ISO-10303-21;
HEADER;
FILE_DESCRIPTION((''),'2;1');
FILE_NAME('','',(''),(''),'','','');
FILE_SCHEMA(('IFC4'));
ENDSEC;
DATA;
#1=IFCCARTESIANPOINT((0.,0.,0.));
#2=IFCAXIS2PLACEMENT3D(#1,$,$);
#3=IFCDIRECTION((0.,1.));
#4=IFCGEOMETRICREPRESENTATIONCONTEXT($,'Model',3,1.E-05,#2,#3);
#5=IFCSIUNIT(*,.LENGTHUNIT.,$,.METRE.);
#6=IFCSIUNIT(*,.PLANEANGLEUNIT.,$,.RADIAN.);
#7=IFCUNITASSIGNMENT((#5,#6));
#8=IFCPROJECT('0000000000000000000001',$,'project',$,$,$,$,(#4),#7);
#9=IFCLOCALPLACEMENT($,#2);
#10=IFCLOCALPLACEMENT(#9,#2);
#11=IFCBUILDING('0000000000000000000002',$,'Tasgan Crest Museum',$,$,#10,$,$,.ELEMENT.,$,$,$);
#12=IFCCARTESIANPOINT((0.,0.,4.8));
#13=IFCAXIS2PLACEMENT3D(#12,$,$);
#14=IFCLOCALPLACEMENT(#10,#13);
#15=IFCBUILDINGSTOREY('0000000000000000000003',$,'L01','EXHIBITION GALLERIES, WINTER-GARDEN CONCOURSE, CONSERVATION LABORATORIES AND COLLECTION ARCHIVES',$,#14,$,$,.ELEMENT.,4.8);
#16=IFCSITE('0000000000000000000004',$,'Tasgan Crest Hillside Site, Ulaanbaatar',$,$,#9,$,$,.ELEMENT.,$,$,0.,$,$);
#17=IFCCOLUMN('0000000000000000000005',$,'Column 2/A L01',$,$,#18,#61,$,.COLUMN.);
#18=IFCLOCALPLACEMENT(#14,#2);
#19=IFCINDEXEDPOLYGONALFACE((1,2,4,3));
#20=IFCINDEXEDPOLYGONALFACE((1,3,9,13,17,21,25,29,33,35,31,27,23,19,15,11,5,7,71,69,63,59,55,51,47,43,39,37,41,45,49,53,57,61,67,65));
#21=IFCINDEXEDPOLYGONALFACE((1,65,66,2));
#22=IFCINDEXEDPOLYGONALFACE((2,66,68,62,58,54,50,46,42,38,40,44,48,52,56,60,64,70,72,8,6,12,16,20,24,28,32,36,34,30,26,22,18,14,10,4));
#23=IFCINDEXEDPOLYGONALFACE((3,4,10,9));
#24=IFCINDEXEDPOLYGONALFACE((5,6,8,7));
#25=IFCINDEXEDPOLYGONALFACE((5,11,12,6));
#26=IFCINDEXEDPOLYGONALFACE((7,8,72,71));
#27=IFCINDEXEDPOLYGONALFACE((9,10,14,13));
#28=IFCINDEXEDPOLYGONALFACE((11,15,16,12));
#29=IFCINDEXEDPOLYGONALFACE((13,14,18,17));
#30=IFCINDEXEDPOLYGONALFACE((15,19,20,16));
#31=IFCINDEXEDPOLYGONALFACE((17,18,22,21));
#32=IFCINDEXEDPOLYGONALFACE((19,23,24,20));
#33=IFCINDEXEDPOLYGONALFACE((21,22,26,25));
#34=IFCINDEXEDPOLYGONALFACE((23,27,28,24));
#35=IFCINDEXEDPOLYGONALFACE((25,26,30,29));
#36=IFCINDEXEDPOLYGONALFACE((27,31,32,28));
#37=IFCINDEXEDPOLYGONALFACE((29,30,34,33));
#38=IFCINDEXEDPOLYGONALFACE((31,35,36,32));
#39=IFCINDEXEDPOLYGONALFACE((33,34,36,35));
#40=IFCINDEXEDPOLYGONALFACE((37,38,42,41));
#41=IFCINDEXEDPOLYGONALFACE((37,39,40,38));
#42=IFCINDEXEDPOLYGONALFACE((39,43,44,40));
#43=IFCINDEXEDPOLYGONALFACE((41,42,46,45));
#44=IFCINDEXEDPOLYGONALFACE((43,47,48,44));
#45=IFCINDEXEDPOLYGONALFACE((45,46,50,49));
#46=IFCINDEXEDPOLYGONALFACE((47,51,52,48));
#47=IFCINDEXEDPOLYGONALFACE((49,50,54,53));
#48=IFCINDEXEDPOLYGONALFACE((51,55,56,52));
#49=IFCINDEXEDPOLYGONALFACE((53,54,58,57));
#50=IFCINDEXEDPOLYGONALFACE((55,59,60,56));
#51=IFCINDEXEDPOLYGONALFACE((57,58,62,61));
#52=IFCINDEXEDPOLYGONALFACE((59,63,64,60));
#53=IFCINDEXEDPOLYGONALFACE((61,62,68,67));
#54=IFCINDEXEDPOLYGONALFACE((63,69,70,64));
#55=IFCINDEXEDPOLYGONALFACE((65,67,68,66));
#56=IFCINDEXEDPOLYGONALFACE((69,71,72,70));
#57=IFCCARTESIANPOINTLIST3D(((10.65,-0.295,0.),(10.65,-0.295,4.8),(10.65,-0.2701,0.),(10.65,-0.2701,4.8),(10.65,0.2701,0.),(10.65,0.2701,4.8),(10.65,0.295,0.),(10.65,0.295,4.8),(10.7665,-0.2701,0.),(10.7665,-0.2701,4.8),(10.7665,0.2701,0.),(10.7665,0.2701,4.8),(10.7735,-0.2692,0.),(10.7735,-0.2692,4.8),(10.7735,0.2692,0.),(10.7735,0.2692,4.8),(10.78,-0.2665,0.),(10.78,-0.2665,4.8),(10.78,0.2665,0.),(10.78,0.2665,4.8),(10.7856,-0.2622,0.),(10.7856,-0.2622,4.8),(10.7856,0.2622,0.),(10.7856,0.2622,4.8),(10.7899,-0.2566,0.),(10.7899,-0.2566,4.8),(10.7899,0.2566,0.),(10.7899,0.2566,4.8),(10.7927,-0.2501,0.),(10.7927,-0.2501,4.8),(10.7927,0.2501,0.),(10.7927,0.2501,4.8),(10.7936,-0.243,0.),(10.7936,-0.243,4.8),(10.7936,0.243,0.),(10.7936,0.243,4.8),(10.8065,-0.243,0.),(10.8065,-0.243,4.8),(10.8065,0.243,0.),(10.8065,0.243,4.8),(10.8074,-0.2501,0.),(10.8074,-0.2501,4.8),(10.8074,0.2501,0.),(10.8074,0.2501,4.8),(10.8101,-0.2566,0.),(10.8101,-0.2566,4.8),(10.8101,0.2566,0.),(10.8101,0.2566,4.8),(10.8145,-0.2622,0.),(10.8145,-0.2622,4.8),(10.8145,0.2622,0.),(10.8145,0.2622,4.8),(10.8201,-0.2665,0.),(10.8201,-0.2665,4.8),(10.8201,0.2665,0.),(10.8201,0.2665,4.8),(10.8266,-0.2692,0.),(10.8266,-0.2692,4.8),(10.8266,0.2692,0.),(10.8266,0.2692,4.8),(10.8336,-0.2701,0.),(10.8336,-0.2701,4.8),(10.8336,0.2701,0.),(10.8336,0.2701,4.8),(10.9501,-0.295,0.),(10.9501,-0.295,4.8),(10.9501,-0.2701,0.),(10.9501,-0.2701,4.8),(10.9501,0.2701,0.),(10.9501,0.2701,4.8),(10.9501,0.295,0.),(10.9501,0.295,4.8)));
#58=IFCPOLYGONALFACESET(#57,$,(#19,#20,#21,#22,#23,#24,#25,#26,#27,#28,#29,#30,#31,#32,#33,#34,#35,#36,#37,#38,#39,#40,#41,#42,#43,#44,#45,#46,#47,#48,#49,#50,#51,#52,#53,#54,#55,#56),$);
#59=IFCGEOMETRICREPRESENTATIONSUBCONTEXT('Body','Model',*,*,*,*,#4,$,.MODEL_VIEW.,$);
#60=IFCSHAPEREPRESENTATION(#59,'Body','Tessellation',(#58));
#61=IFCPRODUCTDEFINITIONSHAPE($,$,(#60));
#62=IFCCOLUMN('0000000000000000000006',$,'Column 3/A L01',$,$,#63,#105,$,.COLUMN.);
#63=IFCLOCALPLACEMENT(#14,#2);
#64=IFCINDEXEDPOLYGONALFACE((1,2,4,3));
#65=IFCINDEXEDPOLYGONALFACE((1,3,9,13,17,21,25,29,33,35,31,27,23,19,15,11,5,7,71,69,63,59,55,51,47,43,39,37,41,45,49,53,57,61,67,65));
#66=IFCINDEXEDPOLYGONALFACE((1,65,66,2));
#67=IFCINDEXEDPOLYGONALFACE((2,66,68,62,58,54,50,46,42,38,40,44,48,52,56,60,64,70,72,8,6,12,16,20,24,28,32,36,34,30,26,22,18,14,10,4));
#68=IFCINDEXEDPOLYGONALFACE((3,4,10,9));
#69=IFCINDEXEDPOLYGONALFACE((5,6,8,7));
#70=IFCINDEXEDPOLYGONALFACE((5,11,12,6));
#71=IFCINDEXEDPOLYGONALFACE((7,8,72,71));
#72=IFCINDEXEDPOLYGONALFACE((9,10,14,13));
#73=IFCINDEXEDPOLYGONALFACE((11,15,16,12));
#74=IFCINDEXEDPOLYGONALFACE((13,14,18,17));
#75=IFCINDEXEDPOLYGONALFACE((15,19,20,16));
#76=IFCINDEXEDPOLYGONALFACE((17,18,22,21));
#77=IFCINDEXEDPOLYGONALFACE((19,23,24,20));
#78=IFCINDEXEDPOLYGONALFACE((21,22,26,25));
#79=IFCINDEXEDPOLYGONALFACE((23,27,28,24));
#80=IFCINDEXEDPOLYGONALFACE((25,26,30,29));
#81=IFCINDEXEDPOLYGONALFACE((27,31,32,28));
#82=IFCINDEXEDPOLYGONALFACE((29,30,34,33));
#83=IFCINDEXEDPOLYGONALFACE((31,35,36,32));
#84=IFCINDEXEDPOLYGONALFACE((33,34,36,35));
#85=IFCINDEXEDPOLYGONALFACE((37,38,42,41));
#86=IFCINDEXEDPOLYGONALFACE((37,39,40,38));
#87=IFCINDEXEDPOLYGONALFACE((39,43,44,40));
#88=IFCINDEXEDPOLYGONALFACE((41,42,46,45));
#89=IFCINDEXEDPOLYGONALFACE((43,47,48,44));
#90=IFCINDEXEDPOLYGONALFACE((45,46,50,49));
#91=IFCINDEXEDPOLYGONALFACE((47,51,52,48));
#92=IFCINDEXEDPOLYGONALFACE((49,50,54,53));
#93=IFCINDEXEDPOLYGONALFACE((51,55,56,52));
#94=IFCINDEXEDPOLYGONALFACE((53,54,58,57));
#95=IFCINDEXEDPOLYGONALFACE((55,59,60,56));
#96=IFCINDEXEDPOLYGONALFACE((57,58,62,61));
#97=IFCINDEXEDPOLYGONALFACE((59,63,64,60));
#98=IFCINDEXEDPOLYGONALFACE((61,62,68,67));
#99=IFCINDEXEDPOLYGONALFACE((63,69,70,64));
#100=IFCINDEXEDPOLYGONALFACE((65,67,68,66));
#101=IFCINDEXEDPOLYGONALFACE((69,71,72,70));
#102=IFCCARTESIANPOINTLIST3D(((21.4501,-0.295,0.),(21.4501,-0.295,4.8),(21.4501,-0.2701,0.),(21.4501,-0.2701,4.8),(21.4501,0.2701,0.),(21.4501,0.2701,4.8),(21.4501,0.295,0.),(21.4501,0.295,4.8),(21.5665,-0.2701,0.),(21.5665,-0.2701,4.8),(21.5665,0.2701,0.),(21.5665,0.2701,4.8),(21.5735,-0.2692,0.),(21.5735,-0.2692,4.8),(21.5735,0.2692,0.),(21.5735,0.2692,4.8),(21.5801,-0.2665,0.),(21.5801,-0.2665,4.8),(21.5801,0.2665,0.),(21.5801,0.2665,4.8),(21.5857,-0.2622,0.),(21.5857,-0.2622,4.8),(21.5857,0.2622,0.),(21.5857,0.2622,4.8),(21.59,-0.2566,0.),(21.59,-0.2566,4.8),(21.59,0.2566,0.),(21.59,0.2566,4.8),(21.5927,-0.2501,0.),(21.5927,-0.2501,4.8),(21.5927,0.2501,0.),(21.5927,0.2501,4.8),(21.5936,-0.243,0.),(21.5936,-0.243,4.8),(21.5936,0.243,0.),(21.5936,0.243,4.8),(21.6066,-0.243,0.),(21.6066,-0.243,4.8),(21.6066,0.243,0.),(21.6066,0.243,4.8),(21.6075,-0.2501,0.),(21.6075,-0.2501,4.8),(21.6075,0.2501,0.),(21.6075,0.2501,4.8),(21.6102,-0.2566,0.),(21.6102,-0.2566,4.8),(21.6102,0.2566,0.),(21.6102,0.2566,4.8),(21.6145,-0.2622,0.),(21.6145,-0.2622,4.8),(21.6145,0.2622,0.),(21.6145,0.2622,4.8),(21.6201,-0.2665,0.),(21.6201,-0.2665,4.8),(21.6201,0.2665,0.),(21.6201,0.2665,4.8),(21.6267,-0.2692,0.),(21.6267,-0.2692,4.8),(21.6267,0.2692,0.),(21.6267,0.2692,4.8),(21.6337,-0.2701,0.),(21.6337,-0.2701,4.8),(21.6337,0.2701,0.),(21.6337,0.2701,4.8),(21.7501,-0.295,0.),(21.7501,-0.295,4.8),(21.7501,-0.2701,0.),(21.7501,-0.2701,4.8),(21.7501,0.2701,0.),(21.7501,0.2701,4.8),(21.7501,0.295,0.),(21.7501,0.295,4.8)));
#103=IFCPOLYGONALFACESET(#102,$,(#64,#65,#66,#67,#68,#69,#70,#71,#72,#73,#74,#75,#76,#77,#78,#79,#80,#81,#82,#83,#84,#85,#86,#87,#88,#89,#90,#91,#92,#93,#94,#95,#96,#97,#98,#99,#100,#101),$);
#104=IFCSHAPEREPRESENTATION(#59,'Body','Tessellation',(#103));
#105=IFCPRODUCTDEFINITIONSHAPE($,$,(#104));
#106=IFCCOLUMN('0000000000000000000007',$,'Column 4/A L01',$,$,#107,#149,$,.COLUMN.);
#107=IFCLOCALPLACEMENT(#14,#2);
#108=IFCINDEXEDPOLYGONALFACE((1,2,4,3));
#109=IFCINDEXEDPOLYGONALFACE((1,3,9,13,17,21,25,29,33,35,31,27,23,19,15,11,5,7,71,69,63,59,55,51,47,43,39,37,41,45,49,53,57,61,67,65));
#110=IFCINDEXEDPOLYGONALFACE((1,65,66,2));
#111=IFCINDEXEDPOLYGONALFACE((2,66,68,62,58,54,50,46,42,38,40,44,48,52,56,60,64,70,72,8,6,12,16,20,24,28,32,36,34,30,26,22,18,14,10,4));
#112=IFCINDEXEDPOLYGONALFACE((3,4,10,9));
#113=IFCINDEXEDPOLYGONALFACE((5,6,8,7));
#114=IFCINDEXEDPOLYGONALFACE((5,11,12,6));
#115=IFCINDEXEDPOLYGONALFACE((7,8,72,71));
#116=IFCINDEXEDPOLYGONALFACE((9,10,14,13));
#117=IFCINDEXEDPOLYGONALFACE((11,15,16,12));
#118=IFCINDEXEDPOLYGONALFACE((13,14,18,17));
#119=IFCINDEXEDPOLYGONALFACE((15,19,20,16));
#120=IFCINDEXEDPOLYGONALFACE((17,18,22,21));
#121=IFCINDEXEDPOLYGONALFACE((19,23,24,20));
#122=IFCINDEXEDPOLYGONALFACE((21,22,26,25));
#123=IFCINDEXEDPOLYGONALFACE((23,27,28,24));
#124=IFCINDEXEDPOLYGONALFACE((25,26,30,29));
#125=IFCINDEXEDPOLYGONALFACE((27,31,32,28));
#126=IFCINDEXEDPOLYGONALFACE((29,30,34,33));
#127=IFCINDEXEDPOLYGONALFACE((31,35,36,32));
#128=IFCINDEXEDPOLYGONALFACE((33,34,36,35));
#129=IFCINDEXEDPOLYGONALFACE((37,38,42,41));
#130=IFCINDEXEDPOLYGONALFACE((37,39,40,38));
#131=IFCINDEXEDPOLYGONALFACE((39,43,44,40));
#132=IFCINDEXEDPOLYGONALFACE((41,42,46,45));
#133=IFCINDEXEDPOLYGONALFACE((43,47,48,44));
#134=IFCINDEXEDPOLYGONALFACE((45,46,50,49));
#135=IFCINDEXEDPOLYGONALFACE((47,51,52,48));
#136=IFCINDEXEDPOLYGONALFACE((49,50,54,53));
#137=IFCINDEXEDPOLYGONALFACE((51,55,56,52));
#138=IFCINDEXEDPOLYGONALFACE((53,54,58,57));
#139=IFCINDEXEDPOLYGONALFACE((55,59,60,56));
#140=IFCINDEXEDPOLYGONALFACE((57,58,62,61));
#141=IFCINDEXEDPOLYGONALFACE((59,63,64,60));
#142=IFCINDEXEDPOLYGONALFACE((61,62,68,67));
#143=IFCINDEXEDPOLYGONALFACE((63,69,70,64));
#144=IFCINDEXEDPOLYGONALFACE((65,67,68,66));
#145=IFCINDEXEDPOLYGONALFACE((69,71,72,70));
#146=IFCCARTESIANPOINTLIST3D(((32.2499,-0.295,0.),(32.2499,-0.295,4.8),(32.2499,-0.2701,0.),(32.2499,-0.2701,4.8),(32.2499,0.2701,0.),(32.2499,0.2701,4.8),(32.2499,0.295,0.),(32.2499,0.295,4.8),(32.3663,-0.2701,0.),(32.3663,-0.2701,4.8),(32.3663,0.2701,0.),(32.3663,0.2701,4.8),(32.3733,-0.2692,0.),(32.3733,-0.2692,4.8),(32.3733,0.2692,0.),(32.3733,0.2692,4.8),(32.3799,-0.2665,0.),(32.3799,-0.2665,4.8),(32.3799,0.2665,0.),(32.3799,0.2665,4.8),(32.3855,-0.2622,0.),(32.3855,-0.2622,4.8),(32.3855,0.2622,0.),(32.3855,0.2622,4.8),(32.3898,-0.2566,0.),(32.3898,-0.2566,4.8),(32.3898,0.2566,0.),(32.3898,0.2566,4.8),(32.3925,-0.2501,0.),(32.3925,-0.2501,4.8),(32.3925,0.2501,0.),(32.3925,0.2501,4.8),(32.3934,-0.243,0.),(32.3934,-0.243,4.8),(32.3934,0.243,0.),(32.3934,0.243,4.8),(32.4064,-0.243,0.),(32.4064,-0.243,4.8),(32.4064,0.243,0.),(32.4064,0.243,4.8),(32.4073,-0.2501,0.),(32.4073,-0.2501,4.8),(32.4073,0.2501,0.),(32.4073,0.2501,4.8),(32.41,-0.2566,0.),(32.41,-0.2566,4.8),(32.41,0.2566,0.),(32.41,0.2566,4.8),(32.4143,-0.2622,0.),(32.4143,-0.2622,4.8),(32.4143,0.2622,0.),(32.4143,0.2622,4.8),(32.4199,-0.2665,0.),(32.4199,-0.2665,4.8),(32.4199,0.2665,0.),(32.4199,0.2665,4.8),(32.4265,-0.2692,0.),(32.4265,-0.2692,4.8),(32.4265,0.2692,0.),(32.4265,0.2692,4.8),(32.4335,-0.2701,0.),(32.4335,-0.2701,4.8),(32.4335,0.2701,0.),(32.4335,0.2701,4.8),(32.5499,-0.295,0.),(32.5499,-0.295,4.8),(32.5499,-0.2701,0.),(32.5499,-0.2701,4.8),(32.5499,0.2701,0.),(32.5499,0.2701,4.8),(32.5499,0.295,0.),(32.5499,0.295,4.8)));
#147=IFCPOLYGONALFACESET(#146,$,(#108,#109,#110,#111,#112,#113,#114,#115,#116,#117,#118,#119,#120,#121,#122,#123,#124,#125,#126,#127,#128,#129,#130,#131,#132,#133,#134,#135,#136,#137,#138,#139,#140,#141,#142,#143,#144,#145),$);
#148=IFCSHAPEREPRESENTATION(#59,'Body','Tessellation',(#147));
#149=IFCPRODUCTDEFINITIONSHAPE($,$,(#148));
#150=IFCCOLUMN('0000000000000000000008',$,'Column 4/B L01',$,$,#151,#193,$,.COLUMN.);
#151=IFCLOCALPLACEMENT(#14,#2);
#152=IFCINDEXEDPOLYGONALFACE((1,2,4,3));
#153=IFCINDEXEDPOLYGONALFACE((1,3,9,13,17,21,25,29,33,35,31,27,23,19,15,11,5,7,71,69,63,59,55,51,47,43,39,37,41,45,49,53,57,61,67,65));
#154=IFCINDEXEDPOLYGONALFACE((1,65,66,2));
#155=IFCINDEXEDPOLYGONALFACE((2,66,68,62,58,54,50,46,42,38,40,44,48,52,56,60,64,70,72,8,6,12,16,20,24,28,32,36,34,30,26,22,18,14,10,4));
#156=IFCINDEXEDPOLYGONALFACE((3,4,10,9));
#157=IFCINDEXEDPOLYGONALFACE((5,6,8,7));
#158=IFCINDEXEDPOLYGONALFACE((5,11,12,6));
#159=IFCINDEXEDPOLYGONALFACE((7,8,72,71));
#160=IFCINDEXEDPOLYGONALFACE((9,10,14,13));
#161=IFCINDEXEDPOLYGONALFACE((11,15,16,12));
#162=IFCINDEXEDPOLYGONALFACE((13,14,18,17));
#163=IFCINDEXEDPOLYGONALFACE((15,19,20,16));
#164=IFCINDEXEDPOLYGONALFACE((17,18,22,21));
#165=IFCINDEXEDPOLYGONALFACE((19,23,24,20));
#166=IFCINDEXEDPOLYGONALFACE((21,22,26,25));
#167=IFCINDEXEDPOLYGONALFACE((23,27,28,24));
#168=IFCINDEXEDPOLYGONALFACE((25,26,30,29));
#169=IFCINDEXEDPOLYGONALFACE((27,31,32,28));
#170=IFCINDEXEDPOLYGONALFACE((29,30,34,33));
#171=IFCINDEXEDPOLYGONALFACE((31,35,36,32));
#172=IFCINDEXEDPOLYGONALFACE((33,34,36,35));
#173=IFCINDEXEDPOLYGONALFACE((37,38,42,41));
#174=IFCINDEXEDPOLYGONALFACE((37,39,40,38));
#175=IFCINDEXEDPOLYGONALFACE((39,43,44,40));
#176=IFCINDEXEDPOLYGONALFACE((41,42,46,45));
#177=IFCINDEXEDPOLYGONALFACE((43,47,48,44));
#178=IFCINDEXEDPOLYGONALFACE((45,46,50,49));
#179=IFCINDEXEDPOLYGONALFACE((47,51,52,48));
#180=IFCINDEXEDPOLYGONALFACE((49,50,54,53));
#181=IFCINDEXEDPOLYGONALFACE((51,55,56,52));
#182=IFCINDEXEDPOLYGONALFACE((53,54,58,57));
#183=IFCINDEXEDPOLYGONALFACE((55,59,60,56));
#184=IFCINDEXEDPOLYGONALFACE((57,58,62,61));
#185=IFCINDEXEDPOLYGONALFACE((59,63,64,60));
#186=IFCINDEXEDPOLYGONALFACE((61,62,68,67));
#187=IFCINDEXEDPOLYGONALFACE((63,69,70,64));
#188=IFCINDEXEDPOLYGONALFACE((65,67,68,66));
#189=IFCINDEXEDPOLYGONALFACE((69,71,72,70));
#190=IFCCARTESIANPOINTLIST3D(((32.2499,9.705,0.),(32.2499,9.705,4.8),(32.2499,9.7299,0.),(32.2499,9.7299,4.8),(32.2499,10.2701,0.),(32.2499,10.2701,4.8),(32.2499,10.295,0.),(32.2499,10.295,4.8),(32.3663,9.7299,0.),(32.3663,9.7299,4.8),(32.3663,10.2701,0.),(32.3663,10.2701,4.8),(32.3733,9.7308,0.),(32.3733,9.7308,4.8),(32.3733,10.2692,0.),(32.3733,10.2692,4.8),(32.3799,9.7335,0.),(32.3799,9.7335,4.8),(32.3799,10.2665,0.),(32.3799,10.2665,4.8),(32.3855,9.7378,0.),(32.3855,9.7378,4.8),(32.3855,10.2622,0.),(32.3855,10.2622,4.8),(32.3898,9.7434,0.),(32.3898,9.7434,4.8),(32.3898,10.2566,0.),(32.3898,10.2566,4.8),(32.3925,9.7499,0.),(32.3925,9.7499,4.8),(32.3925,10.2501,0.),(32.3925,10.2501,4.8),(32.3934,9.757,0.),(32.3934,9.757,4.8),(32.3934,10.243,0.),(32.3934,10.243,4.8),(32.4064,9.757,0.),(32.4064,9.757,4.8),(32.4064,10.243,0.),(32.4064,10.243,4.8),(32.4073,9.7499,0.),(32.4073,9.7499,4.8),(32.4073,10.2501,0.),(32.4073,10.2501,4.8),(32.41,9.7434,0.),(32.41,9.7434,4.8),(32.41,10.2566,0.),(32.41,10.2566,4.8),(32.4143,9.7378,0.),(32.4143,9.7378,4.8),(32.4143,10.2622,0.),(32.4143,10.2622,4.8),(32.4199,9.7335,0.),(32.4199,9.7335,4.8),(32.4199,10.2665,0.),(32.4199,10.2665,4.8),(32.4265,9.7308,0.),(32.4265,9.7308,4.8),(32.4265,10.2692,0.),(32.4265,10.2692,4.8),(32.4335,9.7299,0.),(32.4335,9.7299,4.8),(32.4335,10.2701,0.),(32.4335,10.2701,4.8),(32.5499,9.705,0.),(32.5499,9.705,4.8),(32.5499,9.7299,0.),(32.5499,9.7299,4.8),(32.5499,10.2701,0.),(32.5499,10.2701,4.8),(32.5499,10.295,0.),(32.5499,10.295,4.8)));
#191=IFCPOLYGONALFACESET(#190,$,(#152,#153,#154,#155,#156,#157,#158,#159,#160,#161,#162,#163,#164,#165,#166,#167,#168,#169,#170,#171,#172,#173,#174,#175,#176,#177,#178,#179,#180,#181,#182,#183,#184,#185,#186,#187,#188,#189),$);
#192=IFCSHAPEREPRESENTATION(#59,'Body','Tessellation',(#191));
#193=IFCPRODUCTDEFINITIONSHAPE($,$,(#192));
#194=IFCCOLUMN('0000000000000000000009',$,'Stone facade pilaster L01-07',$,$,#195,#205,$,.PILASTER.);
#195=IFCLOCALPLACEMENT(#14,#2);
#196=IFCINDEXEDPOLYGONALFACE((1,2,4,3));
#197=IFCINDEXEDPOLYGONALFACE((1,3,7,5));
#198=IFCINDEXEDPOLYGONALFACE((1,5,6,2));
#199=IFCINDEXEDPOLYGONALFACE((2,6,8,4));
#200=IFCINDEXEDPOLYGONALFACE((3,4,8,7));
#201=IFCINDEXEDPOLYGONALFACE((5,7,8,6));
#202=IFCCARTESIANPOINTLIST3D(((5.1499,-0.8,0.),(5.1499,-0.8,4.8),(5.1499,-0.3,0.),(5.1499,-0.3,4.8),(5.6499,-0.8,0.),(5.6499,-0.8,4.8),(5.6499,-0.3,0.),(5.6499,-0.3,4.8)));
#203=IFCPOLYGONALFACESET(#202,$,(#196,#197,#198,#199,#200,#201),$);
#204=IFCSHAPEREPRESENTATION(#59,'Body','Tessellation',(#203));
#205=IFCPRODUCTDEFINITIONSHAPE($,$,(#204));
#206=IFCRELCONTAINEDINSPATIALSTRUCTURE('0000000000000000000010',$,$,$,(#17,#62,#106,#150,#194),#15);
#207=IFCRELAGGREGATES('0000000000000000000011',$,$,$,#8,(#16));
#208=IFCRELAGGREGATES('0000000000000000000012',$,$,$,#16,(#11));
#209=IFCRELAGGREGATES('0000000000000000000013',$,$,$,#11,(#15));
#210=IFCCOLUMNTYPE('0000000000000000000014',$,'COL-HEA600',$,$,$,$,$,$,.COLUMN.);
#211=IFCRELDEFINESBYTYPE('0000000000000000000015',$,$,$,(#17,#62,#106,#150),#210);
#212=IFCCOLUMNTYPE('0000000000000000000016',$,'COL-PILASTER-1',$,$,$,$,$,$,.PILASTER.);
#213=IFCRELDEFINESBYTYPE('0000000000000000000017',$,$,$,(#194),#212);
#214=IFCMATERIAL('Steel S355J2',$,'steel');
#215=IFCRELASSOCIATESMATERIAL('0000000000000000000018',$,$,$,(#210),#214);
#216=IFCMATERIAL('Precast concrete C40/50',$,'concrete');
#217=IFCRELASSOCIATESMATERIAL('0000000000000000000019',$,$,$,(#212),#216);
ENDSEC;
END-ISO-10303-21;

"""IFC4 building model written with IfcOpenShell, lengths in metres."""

from ifc_helpers import new_model, si_unit, direction, frame, origin, origin_2d, place, context, subcontext, project, spatial, rectangle, i_section, extrude, material, material_profile, profile_set, type_object, element, save


model = new_model("IFC4")

# Units and contexts
model_context = context("Model", 3, precision=1e-05, world=origin(), true_north=direction((0.0, 1.0)))
body_context = subcontext(model_context, "Body", "Model", "MODEL_VIEW")
ifc_project = project(units=[si_unit("LENGTHUNIT", "METRE"), si_unit("PLANEANGLEUNIT", "RADIAN")], contexts=[model_context])

# Site, building, storey
site_placement = place(None, origin())
site = spatial("IfcSite", under=ifc_project, at=site_placement, Name="Tasgan Crest Hillside Site, Ulaanbaatar", CompositionType="ELEMENT", RefElevation=0.0)
building_placement = place(site_placement, origin())
building = spatial("IfcBuilding", under=site, at=building_placement, Name="Tasgan Crest Museum", CompositionType="ELEMENT")
storey_placement = place(building_placement, frame((0.0, 0.0, 4.8)))
storey = spatial("IfcBuildingStorey", under=building, at=storey_placement, Name="L01", Description="EXHIBITION GALLERIES, WINTER-GARDEN CONCOURSE, CONSERVATION LABORATORIES AND COLLECTION ARCHIVES", CompositionType="ELEMENT", Elevation=4.8)

# Columns
ifc_material_1 = material(Name="Steel S355J2", Category="steel")
ifc_material_profile_1 = material_profile(ifc_material_1, i_section(OverallWidth=0.3, OverallDepth=0.5901, WebThickness=0.0129, FlangeThickness=0.0249, FilletRadius=0.0271, at=origin_2d()), Name="HEA 600")
ifc_profile_set_1 = profile_set([ifc_material_profile_1], Name="Steel S355J2")
column_type_1 = type_object("IfcColumnType", Name="COL-HEA600", PredefinedType="COLUMN", material=ifc_profile_set_1)
for number, where, z_axis, x_axis, name in (
    (1, (10.8, 0.0, 0.0), (0.0, 0.0, 1.0), (1.0, 0.0, 0.0), "Column 2/A L01"),
    (2, (21.6001, 0.0, 0.0), (0.0, 0.0, 1.0), (1.0, 0.0, 0.0), "Column 3/A L01"),
    (3, (32.3999, 0.0, 0.0), (0.0, 0.0, 1.0), (1.0, 0.0, 0.0), "Column 4/A L01"),
    (4, (32.3999, 10.0, 0.0), (0.0, 0.0, 1.0), (1.0, 0.0, 0.0), "Column 4/B L01"),
):
    element("IfcColumn", number, at=place(storey_placement, frame(where, z_axis=z_axis, x_axis=x_axis)), inside=storey, type_object=column_type_1, Name=name, PredefinedType="COLUMN", context=body_context, shape_type="SweptSolid", body=[
        extrude(i_section(OverallWidth=0.3, OverallDepth=0.5901, WebThickness=0.0129, FlangeThickness=0.0249, FilletRadius=0.0271, at=origin_2d()), origin(), (0.0, 0.0, 1.0), 4.8),
    ])
ifc_material_2 = material(Name="Precast concrete C40/50", Category="concrete")
ifc_material_profile_2 = material_profile(ifc_material_2, rectangle(XDim=0.5, YDim=0.5, at=origin_2d()), Name="RC 500x500")
ifc_profile_set_2 = profile_set([ifc_material_profile_2], Name="Precast concrete C40/50")
column_type_2 = type_object("IfcColumnType", Name="COL-PILASTER-1", PredefinedType="PILASTER", material=ifc_profile_set_2)
column_1_placement = place(storey_placement, frame((5.3999, -0.55, 0.0), z_axis=(0.0, 0.0, 1.0), x_axis=(1.0, 0.0, 0.0)))
element("IfcColumn", 5, at=column_1_placement, inside=storey, type_object=column_type_2, Name="Stone facade pilaster L01-07", PredefinedType="PILASTER", context=body_context, shape_type="SweptSolid", body=[
    extrude(rectangle(XDim=0.5, YDim=0.5, at=origin_2d()), origin(), (0.0, 0.0, 1.0), 4.8),
])

save(model, "model.ifc")
